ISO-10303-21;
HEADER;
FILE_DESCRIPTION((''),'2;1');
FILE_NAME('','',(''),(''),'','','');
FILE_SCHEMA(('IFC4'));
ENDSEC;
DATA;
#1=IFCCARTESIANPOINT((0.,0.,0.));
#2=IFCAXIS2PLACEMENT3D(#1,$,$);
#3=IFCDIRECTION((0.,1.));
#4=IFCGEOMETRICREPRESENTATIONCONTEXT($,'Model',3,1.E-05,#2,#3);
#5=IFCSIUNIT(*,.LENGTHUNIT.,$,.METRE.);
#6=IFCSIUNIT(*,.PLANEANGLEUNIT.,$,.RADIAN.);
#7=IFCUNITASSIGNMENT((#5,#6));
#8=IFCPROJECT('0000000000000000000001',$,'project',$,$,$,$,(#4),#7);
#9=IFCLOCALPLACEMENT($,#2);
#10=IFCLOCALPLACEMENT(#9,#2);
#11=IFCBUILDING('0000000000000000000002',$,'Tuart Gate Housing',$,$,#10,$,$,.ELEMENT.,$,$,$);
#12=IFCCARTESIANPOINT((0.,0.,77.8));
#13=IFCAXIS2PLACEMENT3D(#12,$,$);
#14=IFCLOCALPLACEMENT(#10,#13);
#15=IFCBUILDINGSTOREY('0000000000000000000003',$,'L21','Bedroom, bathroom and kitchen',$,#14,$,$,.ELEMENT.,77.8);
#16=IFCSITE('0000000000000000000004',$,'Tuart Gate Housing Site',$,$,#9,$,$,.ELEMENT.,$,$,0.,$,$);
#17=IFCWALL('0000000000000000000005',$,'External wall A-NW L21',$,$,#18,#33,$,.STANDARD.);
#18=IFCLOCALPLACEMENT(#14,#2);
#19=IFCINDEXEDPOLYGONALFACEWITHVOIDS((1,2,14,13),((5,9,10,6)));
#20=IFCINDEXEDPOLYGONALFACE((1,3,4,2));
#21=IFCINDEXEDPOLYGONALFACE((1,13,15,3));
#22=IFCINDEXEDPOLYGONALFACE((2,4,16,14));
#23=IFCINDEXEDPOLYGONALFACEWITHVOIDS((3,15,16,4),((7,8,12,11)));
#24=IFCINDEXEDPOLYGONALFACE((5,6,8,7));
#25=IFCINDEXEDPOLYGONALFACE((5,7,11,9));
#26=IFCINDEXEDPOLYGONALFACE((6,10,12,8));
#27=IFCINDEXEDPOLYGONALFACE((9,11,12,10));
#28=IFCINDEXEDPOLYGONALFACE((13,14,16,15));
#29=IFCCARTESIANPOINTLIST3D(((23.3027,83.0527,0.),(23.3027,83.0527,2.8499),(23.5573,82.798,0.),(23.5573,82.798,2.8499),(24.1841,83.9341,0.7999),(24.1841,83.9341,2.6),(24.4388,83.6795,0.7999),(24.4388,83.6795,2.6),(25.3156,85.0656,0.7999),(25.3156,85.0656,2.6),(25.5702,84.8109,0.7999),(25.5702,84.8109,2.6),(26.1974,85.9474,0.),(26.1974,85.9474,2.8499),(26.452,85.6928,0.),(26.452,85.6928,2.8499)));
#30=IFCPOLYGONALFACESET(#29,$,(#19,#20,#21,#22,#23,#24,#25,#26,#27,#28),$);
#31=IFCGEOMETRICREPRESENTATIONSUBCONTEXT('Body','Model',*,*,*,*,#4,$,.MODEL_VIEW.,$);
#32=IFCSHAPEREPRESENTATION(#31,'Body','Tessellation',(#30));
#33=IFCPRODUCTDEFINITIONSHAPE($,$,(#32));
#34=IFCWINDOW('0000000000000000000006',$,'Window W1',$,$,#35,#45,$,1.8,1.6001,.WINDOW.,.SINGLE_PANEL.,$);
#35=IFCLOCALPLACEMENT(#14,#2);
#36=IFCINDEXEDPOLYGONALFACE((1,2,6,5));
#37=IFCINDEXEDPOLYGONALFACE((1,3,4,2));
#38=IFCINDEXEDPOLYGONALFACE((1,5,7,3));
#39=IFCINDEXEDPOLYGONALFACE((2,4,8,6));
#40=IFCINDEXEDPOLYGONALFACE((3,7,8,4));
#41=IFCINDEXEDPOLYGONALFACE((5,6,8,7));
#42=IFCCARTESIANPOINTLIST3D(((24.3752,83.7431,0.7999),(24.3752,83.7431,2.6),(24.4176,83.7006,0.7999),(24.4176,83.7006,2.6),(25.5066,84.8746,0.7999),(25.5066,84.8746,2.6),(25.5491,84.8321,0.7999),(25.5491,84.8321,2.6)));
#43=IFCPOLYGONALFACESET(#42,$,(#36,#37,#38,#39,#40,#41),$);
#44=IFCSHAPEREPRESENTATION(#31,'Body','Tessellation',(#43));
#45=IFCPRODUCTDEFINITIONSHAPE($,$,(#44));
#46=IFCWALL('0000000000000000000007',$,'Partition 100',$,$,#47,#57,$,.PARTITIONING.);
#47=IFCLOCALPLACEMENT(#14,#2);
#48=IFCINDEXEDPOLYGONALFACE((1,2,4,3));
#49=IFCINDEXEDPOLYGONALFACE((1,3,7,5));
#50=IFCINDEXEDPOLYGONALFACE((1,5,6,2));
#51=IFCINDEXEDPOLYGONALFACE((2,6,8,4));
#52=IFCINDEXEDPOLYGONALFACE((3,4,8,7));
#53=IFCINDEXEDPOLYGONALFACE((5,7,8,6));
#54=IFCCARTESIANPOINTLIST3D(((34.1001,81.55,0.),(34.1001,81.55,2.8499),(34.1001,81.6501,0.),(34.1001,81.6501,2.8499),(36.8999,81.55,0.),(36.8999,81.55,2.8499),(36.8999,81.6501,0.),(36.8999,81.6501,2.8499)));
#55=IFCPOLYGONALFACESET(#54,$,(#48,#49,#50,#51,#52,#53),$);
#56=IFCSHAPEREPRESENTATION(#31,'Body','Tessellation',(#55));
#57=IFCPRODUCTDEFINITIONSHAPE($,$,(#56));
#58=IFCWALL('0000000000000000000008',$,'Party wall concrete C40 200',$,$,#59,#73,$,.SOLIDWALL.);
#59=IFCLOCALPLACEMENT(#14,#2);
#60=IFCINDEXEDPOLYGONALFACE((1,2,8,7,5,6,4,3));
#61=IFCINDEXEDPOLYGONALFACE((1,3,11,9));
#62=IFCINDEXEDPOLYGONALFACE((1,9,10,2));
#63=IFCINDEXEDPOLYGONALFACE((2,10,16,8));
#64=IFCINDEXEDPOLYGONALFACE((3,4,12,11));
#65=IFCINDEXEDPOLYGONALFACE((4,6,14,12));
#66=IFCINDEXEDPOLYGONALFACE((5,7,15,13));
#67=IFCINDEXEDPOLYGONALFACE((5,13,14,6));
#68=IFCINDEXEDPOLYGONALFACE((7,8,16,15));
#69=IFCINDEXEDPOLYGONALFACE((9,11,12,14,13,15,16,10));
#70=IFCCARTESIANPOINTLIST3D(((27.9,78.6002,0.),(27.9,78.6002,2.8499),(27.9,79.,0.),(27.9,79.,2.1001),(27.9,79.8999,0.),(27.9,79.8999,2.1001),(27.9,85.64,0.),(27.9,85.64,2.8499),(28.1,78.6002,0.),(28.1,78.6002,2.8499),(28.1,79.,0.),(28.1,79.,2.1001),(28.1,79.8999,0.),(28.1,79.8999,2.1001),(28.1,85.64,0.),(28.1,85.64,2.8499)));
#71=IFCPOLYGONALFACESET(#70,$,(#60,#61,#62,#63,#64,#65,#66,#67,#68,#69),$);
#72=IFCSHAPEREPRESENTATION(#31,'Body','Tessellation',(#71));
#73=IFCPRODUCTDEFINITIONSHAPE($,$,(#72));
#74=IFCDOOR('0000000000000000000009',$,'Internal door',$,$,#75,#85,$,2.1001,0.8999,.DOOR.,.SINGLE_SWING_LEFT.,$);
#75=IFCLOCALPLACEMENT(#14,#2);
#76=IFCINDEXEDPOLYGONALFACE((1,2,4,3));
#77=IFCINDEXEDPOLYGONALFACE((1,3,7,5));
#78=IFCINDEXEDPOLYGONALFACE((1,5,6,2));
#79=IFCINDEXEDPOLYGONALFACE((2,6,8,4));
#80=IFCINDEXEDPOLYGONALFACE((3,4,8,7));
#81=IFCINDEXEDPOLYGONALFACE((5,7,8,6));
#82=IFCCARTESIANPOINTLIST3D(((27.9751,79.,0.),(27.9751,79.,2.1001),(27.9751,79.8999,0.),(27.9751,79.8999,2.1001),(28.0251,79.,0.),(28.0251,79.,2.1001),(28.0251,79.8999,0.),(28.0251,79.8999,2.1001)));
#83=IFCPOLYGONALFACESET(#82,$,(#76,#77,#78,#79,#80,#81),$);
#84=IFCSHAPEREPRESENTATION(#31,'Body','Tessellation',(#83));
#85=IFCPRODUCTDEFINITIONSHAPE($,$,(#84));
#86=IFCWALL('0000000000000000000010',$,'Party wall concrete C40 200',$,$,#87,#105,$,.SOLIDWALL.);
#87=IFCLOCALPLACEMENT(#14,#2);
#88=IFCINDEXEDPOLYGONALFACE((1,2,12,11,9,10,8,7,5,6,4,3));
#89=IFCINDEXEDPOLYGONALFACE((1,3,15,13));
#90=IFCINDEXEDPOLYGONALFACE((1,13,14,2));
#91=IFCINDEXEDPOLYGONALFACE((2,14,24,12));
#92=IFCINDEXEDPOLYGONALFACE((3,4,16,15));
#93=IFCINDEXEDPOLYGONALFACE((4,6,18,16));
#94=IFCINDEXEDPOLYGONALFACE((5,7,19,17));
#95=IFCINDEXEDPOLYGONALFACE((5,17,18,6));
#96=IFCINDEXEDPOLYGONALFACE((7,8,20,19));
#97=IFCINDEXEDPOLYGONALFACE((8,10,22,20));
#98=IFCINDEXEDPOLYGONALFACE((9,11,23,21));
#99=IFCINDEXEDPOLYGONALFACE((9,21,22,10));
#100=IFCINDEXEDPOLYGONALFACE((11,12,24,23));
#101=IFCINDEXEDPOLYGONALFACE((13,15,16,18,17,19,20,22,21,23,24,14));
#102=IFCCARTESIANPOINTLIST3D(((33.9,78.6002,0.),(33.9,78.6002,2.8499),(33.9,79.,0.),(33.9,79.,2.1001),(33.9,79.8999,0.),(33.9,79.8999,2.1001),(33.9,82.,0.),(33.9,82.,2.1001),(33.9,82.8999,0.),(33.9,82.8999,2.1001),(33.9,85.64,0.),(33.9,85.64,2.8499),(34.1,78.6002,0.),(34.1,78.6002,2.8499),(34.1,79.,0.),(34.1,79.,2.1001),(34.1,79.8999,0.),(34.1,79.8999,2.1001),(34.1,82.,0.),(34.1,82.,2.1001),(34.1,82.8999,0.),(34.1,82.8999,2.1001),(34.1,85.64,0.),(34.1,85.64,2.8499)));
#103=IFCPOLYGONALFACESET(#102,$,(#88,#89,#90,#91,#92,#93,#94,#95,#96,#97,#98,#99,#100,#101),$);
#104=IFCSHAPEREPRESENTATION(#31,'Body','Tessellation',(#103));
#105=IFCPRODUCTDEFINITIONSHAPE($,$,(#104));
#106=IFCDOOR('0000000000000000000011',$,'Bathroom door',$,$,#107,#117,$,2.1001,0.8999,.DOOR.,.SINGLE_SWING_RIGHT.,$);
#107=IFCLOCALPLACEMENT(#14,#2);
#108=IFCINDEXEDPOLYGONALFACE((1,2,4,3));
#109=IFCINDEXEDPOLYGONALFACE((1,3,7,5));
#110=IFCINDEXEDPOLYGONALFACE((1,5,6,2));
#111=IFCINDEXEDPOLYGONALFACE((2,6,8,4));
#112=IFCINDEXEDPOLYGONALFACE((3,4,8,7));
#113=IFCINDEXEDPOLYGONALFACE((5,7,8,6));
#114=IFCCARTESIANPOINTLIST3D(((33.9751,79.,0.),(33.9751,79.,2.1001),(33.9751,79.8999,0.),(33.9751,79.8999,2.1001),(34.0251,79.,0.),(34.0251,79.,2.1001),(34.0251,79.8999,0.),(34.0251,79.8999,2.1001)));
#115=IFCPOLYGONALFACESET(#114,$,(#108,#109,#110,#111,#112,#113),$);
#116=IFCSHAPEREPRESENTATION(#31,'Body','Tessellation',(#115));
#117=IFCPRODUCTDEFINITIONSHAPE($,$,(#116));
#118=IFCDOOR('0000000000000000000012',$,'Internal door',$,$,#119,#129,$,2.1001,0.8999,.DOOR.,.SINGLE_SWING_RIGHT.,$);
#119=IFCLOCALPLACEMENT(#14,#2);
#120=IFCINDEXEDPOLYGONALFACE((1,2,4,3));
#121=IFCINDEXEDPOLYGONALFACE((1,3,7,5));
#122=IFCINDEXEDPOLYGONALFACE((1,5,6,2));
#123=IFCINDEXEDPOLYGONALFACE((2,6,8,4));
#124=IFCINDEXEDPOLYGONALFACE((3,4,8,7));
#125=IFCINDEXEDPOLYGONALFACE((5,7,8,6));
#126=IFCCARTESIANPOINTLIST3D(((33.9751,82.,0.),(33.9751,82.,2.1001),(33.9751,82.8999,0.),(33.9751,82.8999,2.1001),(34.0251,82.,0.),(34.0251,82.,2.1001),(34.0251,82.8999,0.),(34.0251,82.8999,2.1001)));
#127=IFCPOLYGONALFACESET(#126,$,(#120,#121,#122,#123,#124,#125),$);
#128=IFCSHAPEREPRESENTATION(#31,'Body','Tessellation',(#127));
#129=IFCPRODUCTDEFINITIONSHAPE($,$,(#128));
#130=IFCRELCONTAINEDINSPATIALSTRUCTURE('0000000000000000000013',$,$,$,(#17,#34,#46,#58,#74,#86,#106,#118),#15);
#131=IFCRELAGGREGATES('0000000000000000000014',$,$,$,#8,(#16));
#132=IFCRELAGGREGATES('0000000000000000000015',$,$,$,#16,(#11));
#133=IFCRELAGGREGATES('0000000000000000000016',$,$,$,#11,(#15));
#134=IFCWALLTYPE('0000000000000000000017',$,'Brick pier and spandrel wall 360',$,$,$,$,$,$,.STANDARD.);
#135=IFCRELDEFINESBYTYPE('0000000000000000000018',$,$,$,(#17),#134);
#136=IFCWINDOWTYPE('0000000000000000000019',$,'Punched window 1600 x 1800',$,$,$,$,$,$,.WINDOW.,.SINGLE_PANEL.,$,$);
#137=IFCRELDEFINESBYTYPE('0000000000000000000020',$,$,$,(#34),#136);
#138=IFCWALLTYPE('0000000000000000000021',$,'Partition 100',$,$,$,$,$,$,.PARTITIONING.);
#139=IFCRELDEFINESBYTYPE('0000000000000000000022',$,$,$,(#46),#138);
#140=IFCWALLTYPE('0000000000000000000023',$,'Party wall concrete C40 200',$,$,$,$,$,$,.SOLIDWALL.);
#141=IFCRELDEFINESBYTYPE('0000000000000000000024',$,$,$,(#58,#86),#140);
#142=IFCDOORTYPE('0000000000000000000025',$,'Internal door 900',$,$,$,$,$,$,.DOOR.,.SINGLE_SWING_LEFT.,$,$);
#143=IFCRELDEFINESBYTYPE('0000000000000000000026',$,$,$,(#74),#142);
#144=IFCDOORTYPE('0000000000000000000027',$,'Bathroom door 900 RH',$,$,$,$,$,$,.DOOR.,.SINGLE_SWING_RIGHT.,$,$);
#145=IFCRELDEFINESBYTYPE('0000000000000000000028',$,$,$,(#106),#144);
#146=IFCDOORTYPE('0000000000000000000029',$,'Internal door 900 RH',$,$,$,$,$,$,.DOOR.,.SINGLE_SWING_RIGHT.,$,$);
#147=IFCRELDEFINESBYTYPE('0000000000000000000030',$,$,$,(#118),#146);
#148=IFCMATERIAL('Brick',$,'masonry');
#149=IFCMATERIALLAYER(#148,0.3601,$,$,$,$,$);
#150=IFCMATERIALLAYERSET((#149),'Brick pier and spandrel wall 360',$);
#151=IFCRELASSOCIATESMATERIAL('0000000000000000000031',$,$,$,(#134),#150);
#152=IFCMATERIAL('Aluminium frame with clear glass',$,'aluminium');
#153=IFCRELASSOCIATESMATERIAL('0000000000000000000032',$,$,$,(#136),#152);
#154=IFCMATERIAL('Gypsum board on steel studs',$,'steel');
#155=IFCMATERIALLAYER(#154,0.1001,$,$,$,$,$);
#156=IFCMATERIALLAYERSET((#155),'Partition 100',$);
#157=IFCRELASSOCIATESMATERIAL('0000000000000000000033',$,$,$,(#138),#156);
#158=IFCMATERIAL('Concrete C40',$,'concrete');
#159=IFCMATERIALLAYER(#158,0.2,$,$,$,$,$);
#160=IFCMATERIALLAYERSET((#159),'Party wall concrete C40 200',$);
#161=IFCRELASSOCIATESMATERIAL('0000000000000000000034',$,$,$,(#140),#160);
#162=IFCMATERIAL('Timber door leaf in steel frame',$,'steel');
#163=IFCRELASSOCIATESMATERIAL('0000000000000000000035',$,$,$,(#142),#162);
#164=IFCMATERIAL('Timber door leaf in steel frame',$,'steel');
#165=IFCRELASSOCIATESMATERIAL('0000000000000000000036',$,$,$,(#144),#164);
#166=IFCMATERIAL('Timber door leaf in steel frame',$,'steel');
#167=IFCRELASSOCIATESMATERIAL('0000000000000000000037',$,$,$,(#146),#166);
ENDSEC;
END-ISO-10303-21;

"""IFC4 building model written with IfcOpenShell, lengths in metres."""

from ifc_helpers import new_model, si_unit, direction, frame, frame_2d, origin, place, context, subcontext, project, spatial, rectangle, extrude, material, layer, layer_set, type_object, element, fill, save


model = new_model("IFC4")

# Units and contexts
model_context = context("Model", 3, precision=1e-05, world=origin(), true_north=direction((0.0, 1.0)))
body_context = subcontext(model_context, "Body", "Model", "MODEL_VIEW")
ifc_project = project(units=[si_unit("LENGTHUNIT", "METRE"), si_unit("PLANEANGLEUNIT", "RADIAN")], contexts=[model_context])

# Site, building, storey
site_placement = place(None, origin())
site = spatial("IfcSite", under=ifc_project, at=site_placement, Name="Tuart Gate Housing Site", CompositionType="ELEMENT", RefElevation=0.0)
building_placement = place(site_placement, origin())
building = spatial("IfcBuilding", under=site, at=building_placement, Name="Tuart Gate Housing", CompositionType="ELEMENT")
storey_placement = place(building_placement, frame((0.0, 0.0, 77.8)))
storey = spatial("IfcBuildingStorey", under=building, at=storey_placement, Name="L21", Description="Bedroom, bathroom and kitchen", CompositionType="ELEMENT", Elevation=77.8)

# Wall, opening, window
ifc_material_1 = material(Name="Brick", Category="masonry")
ifc_layer_1 = layer(ifc_material_1, 0.3601)
ifc_layer_set_1 = layer_set([ifc_layer_1], Name="Brick pier and spandrel wall 360")
wall_type_1 = type_object("IfcWallType", Name="Brick pier and spandrel wall 360", PredefinedType="STANDARD", material=ifc_layer_set_1)
wall_1_placement = place(storey_placement, frame((26.3247, 85.8201, 0.0), z_axis=(0.0, 0.0, 1.0), x_axis=(-0.707107, -0.707107, 0.0)))
wall_1 = element("IfcWall", 1, at=wall_1_placement, inside=storey, type_object=wall_type_1, Name="External wall A-NW L21", PredefinedType="STANDARD", context=body_context, shape_type="SweptSolid", body=[
    extrude(rectangle(XDim=4.0938, YDim=0.3601, at=frame_2d((2.0469, 0.0))), origin(), (0.0, 0.0, 1.0), 2.8499),
])
opening_1_placement = place(wall_1_placement, frame((1.2471, 0.0, 0.8)))
opening_1 = element("IfcOpeningElement", 2, at=opening_1_placement, cuts=wall_1, PredefinedType="OPENING", context=body_context, shape_type="SweptSolid", body=[
    extrude(rectangle(XDim=1.6001, YDim=1.8, at=frame_2d((0.8, 0.8999))), frame((0.0, 0.1899, 0.0), z_axis=(0.0, -1.0, 0.0), x_axis=(1.0, 0.0, 0.0)), (0.0, 0.0, 1.0), 0.3801),
])
ifc_material_2 = material(Name="Aluminium frame with clear glass", Category="aluminium")
window_type = type_object("IfcWindowType", Name="Punched window 1600 x 1800", PartitioningType="SINGLE_PANEL", PredefinedType="WINDOW", material=ifc_material_2)
window_placement = place(opening_1_placement, origin())
window = element("IfcWindow", 3, at=window_placement, inside=storey, type_object=window_type, Name="Window W1", OverallHeight=1.8, OverallWidth=1.6001, PartitioningType="SINGLE_PANEL", PredefinedType="WINDOW", context=body_context, shape_type="SweptSolid", body=[
    extrude(rectangle(XDim=1.6001, YDim=1.8, at=frame_2d((0.8, 0.8999))), frame((0.0, 0.1501, 0.0), z_axis=(0.0, -1.0, 0.0), x_axis=(1.0, 0.0, 0.0)), (0.0, 0.0, 1.0), 0.0601),
])
fill(opening_1, window)

# Wall
ifc_material_3 = material(Name="Gypsum board on steel studs", Category="steel")
ifc_layer_2 = layer(ifc_material_3, 0.1001)
ifc_layer_set_2 = layer_set([ifc_layer_2], Name="Partition 100")
wall_type_2 = type_object("IfcWallType", Name="Partition 100", PredefinedType="PARTITIONING", material=ifc_layer_set_2)
wall_2_placement = place(storey_placement, frame((34.1001, 81.6001, 0.0), z_axis=(0.0, 0.0, 1.0), x_axis=(1.0, 0.0, 0.0)))
element("IfcWall", 4, at=wall_2_placement, inside=storey, type_object=wall_type_2, Name="Partition 100", PredefinedType="PARTITIONING", context=body_context, shape_type="SweptSolid", body=[
    extrude(rectangle(XDim=2.7998, YDim=0.1001, at=frame_2d((1.3999, 0.0))), origin(), (0.0, 0.0, 1.0), 2.8499),
])

# Wall, opening, door
ifc_material_4 = material(Name="Concrete C40", Category="concrete")
ifc_layer_3 = layer(ifc_material_4, 0.2)
ifc_layer_set_3 = layer_set([ifc_layer_3], Name="Party wall concrete C40 200")
wall_type_3 = type_object("IfcWallType", Name="Party wall concrete C40 200", PredefinedType="SOLIDWALL", material=ifc_layer_set_3)
wall_3_placement = place(storey_placement, frame((28.0, 78.6001, 0.0), z_axis=(0.0, 0.0, 1.0), x_axis=(0.0, 1.0, 0.0)))
wall_3 = element("IfcWall", 5, at=wall_3_placement, inside=storey, type_object=wall_type_3, Name="Party wall concrete C40 200", PredefinedType="SOLIDWALL", context=body_context, shape_type="SweptSolid", body=[
    extrude(rectangle(XDim=7.0398, YDim=0.2, at=frame_2d((3.52, 0.0))), origin(), (0.0, 0.0, 1.0), 2.8499),
])
opening_2_placement = place(wall_3_placement, frame((0.3999, 0.0, 0.0)))
opening_2 = element("IfcOpeningElement", 6, at=opening_2_placement, cuts=wall_3, PredefinedType="OPENING", context=body_context, shape_type="SweptSolid", body=[
    extrude(rectangle(XDim=0.8999, YDim=2.1001, at=frame_2d((0.45, 1.05))), frame((0.0, 0.1099, 0.0), z_axis=(0.0, -1.0, 0.0), x_axis=(1.0, 0.0, 0.0)), (0.0, 0.0, 1.0), 0.22),
])
ifc_material_5 = material(Name="Timber door leaf in steel frame", Category="steel")
door_type_1 = type_object("IfcDoorType", Name="Internal door 900", OperationType="SINGLE_SWING_LEFT", PredefinedType="DOOR", material=ifc_material_5)
door_1_placement = place(opening_2_placement, origin())
door_1 = element("IfcDoor", 7, at=door_1_placement, inside=storey, type_object=door_type_1, Name="Internal door", OperationType="SINGLE_SWING_LEFT", OverallHeight=2.1001, OverallWidth=0.8999, PredefinedType="DOOR", context=body_context, shape_type="SweptSolid", body=[
    extrude(rectangle(XDim=0.8999, YDim=2.1001, at=frame_2d((0.45, 1.05))), frame((0.0, 0.0249, 0.0), z_axis=(0.0, -1.0, 0.0), x_axis=(1.0, 0.0, 0.0)), (0.0, 0.0, 1.0), 0.05),
])
fill(opening_2, door_1)

# Wall, openings, doors
wall_4_placement = place(storey_placement, frame((34.0, 78.6001, 0.0), z_axis=(0.0, 0.0, 1.0), x_axis=(0.0, 1.0, 0.0)))
wall_4 = element("IfcWall", 8, at=wall_4_placement, inside=storey, type_object=wall_type_3, Name="Party wall concrete C40 200", PredefinedType="SOLIDWALL", context=body_context, shape_type="SweptSolid", body=[
    extrude(rectangle(XDim=7.0398, YDim=0.2, at=frame_2d((3.52, 0.0))), origin(), (0.0, 0.0, 1.0), 2.8499),
])
opening_3_placement = place(wall_4_placement, frame((3.3999, 0.0, 0.0)))
opening_3 = element("IfcOpeningElement", 9, at=opening_3_placement, cuts=wall_4, PredefinedType="OPENING", context=body_context, shape_type="SweptSolid", body=[
    extrude(rectangle(XDim=0.8999, YDim=2.1001, at=frame_2d((0.45, 1.05))), frame((0.0, 0.1099, 0.0), z_axis=(0.0, -1.0, 0.0), x_axis=(1.0, 0.0, 0.0)), (0.0, 0.0, 1.0), 0.22),
])
opening_4_placement = place(wall_4_placement, frame((0.3999, 0.0, 0.0)))
opening_4 = element("IfcOpeningElement", 10, at=opening_4_placement, cuts=wall_4, PredefinedType="OPENING", context=body_context, shape_type="SweptSolid", body=[
    extrude(rectangle(XDim=0.8999, YDim=2.1001, at=frame_2d((0.45, 1.05))), frame((0.0, 0.1099, 0.0), z_axis=(0.0, -1.0, 0.0), x_axis=(1.0, 0.0, 0.0)), (0.0, 0.0, 1.0), 0.22),
])
ifc_material_6 = material(Name="Timber door leaf in steel frame", Category="steel")
door_type_2 = type_object("IfcDoorType", Name="Bathroom door 900 RH", OperationType="SINGLE_SWING_RIGHT", PredefinedType="DOOR", material=ifc_material_6)
door_2_placement = place(opening_4_placement, frame((0.8999, 0.0, 0.0), z_axis=(0.0, 0.0, 1.0), x_axis=(-1.0, 0.0, 0.0)))
door_2 = element("IfcDoor", 11, at=door_2_placement, inside=storey, type_object=door_type_2, Name="Bathroom door", OperationType="SINGLE_SWING_RIGHT", OverallHeight=2.1001, OverallWidth=0.8999, PredefinedType="DOOR", context=body_context, shape_type="SweptSolid", body=[
    extrude(rectangle(XDim=0.8999, YDim=2.1001, at=frame_2d((0.45, 1.05))), frame((0.0, 0.0251, 0.0), z_axis=(0.0, -1.0, 0.0), x_axis=(1.0, 0.0, 0.0)), (0.0, 0.0, 1.0), 0.05),
])
fill(opening_4, door_2)
ifc_material_7 = material(Name="Timber door leaf in steel frame", Category="steel")
door_type_3 = type_object("IfcDoorType", Name="Internal door 900 RH", OperationType="SINGLE_SWING_RIGHT", PredefinedType="DOOR", material=ifc_material_7)
door_3_placement = place(opening_3_placement, frame((0.8999, 0.0, 0.0), z_axis=(0.0, 0.0, 1.0), x_axis=(-1.0, 0.0, 0.0)))
door_3 = element("IfcDoor", 12, at=door_3_placement, inside=storey, type_object=door_type_3, Name="Internal door", OperationType="SINGLE_SWING_RIGHT", OverallHeight=2.1001, OverallWidth=0.8999, PredefinedType="DOOR", context=body_context, shape_type="SweptSolid", body=[
    extrude(rectangle(XDim=0.8999, YDim=2.1001, at=frame_2d((0.45, 1.05))), frame((0.0, 0.0251, 0.0), z_axis=(0.0, -1.0, 0.0), x_axis=(1.0, 0.0, 0.0)), (0.0, 0.0, 1.0), 0.05),
])
fill(opening_3, door_3)

save(model, "model.ifc")
